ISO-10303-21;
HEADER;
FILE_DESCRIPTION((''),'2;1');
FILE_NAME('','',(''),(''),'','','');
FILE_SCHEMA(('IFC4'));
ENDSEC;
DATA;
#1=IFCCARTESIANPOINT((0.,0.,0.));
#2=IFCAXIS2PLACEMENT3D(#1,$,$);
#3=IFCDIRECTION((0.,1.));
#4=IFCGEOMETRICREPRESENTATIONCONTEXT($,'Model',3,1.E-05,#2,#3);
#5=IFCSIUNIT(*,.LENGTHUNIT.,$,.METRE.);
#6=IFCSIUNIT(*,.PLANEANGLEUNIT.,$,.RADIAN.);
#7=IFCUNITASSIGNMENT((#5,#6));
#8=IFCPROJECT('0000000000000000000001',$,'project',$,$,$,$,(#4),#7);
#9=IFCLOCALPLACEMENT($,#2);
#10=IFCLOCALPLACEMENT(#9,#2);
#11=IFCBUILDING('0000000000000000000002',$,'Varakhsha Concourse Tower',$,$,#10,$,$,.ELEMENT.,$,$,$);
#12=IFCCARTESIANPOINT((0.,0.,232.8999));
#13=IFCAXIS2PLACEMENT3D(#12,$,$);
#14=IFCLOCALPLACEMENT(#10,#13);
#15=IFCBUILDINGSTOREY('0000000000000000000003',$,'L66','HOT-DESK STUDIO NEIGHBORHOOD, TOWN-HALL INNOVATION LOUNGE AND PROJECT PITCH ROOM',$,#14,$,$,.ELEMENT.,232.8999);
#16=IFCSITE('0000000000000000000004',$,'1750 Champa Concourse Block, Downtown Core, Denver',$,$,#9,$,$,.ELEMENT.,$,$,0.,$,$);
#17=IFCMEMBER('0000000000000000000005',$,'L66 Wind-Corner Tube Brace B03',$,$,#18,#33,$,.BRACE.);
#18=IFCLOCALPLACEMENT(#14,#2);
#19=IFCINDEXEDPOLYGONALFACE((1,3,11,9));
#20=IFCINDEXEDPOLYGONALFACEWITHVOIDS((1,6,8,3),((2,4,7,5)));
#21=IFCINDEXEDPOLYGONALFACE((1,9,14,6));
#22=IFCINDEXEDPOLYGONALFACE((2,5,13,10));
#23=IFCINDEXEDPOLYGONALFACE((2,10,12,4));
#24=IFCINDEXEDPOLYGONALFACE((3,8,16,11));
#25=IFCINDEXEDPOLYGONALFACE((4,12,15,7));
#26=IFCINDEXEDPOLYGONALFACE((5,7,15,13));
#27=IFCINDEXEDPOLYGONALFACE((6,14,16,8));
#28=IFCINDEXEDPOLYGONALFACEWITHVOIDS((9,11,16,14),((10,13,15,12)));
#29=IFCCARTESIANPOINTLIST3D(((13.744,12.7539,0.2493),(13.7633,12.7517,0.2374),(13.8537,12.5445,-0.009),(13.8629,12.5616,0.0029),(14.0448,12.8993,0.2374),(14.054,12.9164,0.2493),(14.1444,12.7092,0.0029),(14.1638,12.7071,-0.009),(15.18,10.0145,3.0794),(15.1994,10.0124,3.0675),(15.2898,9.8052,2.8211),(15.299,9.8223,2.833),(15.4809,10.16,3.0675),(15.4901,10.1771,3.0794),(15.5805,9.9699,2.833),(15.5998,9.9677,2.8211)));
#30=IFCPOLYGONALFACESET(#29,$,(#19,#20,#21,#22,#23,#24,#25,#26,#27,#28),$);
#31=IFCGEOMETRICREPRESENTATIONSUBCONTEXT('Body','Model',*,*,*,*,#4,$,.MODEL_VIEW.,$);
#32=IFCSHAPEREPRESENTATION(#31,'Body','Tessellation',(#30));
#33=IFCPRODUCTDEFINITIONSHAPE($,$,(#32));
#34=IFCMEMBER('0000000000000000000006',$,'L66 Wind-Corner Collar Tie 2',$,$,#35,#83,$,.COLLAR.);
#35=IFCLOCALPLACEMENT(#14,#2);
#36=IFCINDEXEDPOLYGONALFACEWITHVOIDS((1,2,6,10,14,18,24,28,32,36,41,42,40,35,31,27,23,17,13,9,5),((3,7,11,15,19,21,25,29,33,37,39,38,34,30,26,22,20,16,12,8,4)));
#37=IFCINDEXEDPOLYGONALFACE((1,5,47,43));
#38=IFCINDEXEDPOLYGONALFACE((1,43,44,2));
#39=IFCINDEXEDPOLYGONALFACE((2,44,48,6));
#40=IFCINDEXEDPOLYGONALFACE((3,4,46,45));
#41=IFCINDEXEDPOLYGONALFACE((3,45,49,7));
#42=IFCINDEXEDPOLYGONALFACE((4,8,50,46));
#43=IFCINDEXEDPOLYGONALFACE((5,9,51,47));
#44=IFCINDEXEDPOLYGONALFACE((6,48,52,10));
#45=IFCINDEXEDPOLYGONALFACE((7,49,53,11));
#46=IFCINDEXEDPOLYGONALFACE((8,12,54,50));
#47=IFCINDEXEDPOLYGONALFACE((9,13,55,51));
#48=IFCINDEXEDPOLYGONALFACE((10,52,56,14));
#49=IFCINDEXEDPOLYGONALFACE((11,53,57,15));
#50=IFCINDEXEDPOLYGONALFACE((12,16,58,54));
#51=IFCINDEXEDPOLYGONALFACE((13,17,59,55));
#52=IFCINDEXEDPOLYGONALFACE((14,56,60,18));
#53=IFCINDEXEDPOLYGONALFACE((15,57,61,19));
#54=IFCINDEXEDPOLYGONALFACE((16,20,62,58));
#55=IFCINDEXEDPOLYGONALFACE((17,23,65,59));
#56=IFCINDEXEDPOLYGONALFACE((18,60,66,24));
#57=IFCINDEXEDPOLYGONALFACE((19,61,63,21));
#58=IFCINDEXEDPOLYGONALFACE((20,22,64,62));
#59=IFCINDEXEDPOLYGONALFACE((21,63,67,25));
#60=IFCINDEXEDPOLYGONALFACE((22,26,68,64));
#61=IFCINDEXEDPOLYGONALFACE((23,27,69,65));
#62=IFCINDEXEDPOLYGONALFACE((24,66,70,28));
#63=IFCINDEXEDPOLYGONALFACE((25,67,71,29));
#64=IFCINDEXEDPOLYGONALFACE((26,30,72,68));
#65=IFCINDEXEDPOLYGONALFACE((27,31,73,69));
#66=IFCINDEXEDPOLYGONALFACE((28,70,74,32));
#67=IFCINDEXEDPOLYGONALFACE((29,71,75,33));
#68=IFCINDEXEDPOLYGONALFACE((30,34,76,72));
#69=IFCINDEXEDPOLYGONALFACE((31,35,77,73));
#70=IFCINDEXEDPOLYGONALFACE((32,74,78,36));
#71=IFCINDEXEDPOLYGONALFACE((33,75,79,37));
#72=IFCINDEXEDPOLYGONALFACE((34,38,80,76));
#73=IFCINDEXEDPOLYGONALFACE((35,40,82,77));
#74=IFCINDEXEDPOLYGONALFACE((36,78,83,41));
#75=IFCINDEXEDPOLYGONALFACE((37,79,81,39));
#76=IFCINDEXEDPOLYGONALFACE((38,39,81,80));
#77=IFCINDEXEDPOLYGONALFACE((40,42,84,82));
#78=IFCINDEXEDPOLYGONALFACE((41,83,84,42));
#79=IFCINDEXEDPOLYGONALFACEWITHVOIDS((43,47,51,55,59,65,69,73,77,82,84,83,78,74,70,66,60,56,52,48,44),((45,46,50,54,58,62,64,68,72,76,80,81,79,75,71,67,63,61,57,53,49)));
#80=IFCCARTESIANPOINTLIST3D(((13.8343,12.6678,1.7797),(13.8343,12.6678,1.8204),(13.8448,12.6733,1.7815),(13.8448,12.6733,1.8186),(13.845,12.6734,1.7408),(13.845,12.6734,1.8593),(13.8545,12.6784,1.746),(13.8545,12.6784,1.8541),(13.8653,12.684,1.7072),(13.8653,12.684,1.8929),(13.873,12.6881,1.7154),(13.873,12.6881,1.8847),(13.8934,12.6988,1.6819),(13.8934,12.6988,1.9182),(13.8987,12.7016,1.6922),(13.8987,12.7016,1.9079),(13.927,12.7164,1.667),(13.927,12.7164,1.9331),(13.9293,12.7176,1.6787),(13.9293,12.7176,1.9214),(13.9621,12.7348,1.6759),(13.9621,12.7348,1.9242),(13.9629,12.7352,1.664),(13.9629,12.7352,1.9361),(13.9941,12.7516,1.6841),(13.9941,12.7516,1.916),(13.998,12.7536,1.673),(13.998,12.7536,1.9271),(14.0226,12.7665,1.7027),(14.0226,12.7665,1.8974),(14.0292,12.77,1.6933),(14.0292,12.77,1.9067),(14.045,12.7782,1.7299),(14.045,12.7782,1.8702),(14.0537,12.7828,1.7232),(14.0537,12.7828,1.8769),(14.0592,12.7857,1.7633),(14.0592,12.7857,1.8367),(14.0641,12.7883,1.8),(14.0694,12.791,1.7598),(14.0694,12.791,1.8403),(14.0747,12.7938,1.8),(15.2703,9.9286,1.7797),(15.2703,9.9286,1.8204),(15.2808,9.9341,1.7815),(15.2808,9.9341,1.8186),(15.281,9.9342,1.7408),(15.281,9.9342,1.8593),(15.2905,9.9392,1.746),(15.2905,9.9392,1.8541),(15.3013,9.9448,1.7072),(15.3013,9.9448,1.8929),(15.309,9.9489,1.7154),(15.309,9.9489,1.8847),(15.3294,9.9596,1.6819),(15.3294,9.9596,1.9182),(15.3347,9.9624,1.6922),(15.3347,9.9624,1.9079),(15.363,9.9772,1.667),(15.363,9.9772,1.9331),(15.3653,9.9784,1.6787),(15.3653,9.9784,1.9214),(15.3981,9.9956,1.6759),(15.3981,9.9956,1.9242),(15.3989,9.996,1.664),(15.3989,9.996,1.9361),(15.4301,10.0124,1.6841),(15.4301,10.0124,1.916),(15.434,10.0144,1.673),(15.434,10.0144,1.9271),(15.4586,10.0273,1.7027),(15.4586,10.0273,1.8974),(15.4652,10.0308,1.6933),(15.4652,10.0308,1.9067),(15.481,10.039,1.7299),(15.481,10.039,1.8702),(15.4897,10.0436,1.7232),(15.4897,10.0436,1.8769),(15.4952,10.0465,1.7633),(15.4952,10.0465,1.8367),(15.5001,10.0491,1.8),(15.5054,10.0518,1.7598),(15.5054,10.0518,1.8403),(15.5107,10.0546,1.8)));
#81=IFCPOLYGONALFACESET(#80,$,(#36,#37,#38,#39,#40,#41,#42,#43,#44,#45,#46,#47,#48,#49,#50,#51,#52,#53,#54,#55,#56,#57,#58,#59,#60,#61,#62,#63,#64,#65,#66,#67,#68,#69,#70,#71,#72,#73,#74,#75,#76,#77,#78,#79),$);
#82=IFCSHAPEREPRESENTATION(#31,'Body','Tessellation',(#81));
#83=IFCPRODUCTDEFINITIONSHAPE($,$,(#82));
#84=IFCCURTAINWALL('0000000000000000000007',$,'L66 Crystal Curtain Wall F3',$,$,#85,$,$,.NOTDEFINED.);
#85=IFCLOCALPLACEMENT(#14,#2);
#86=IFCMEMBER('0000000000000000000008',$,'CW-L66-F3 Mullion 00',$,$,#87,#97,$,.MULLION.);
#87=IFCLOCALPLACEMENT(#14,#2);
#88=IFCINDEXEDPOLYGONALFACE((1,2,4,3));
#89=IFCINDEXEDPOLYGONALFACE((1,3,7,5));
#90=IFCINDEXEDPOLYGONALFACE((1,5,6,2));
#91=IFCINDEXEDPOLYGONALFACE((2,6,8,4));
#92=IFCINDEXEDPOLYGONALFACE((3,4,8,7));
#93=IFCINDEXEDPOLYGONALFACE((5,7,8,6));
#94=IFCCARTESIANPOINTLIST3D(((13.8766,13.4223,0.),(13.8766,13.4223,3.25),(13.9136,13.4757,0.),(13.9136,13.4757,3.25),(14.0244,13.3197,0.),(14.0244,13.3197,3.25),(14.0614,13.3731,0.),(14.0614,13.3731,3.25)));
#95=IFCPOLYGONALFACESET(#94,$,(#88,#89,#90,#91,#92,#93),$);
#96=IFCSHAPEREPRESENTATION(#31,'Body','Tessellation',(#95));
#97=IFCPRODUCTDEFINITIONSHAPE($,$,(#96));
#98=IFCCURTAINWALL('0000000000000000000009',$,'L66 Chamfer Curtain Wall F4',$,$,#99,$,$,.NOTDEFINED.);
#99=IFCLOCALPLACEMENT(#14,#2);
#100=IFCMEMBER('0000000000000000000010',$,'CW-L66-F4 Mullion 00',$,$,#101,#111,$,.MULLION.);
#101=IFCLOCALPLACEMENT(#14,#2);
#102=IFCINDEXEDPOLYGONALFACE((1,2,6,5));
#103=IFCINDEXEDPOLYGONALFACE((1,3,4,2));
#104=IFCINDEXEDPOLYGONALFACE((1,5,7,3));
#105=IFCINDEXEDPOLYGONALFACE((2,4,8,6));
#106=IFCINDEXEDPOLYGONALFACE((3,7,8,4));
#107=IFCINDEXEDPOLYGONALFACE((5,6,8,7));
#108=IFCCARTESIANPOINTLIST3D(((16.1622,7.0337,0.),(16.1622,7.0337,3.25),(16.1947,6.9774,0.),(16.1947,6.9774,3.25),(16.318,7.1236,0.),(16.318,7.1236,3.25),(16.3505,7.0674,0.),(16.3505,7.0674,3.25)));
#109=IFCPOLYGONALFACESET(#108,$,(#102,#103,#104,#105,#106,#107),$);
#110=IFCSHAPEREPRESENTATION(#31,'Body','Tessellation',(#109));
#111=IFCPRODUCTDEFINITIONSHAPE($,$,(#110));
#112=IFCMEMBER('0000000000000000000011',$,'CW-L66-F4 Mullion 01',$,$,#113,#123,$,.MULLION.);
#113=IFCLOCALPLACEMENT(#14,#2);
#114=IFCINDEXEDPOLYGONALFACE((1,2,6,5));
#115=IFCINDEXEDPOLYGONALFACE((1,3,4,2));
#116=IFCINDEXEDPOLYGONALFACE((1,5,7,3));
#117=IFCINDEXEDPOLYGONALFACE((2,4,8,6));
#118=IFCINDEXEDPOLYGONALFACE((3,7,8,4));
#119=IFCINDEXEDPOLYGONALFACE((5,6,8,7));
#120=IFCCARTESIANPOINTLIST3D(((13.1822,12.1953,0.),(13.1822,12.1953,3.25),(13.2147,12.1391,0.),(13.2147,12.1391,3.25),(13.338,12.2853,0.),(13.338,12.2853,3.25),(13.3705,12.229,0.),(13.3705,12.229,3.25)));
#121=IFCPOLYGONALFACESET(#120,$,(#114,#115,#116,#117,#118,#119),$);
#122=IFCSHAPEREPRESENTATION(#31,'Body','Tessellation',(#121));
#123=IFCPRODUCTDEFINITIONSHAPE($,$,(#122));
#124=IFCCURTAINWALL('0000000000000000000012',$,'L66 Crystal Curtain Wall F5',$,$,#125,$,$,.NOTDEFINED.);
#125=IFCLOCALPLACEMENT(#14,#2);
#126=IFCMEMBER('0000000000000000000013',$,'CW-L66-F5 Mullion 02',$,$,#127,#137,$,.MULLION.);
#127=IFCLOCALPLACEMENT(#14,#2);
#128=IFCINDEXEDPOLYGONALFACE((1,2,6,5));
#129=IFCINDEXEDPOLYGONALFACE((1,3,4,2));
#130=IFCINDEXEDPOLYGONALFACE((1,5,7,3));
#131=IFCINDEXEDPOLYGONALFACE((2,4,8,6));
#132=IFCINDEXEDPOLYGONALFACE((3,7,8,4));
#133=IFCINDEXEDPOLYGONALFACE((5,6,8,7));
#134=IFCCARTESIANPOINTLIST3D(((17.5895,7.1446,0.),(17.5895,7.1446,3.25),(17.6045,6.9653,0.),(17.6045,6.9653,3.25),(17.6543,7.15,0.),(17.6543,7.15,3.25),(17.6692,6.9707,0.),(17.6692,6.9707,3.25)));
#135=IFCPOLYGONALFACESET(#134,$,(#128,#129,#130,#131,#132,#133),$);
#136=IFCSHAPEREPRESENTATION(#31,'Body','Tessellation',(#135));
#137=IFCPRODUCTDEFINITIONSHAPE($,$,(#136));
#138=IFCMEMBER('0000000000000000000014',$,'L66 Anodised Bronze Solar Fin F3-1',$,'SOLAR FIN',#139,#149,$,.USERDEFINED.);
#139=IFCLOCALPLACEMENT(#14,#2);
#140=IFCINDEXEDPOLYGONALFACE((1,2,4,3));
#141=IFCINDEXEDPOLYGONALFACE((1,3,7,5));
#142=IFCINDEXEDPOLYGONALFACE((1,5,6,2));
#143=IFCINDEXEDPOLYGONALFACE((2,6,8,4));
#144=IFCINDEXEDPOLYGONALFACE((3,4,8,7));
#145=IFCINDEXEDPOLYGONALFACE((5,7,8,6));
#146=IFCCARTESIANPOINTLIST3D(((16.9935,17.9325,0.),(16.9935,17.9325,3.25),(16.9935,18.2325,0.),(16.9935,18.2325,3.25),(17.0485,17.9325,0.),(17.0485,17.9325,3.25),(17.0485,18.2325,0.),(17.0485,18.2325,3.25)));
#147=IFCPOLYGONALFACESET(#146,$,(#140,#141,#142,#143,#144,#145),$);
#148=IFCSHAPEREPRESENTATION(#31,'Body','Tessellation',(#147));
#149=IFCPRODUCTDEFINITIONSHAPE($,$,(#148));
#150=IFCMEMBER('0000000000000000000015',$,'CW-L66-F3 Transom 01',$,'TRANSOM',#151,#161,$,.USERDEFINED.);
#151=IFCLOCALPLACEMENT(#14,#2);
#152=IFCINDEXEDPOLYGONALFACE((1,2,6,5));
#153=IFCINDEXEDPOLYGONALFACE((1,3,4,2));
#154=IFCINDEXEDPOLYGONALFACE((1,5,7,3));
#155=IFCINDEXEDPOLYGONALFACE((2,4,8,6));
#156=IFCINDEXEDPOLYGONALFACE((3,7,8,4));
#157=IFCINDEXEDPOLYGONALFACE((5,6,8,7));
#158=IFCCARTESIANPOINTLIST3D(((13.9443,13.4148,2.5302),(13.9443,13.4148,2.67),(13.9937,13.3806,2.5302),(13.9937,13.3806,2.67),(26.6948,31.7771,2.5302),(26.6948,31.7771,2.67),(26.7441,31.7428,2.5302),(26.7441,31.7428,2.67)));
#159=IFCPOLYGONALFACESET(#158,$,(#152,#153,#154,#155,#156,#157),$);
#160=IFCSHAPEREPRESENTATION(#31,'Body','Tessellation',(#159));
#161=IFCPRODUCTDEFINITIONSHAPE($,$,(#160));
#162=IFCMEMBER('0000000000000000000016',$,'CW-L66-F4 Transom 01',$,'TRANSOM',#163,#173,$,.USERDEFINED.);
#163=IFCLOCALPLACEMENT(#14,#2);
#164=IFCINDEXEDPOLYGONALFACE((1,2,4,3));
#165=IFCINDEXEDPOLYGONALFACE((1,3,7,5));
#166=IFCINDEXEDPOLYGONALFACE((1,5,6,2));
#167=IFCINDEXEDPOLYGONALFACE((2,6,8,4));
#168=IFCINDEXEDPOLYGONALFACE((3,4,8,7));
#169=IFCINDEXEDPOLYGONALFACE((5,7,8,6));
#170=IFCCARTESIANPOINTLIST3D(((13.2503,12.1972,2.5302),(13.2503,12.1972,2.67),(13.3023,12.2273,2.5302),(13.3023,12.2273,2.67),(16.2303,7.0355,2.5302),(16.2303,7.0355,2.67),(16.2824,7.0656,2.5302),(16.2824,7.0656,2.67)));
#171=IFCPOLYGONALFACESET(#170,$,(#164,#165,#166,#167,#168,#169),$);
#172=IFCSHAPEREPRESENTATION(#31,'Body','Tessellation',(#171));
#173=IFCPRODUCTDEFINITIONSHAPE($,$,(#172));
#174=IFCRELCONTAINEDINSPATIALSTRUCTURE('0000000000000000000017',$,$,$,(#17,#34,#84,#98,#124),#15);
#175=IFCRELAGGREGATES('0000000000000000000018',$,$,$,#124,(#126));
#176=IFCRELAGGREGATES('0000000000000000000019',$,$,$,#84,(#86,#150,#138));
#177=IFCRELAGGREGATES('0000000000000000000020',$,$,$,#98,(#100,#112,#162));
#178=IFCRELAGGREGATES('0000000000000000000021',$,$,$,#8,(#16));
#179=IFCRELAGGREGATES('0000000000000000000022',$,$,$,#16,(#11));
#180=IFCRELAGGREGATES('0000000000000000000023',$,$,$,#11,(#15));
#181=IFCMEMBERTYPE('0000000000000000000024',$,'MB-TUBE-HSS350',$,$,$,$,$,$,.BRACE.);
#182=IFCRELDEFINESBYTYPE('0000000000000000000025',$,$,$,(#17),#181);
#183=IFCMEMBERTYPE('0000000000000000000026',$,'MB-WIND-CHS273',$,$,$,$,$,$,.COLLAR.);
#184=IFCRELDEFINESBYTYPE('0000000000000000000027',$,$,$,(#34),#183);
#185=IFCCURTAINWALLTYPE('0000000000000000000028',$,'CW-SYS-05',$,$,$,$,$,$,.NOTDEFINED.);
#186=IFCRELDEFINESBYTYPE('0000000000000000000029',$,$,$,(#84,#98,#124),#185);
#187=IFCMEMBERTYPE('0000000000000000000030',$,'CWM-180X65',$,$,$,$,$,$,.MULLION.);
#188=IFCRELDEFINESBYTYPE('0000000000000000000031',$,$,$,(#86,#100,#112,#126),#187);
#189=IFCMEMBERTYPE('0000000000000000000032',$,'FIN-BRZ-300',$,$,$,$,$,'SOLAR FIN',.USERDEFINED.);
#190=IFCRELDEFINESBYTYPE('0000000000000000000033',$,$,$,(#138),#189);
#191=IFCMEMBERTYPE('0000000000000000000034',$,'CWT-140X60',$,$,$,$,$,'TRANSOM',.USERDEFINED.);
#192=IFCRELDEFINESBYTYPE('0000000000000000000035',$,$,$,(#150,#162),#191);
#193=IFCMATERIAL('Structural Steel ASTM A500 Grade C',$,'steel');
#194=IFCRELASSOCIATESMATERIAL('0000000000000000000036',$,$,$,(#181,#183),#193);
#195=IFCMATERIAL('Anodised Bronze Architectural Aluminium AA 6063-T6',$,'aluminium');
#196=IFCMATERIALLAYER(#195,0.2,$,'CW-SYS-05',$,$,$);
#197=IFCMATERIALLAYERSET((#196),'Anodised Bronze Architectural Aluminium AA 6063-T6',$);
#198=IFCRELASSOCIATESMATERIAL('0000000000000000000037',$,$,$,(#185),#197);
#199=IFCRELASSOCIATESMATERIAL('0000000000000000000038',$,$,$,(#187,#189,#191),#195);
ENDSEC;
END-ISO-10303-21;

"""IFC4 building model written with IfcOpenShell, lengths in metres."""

from ifc_helpers import new_model, si_unit, direction, frame, origin, origin_2d, place, context, subcontext, project, spatial, rectangle, hollow_rectangle, hollow_circle, extrude, source, transform, mapped, material, layer, layer_set, material_profile, profile_set, type_object, type_shapes, element, aggregate, save


model = new_model("IFC4")

# Units and contexts
model_context = context("Model", 3, precision=1e-05, world=origin(), true_north=direction((0.0, 1.0)))
body_context = subcontext(model_context, "Body", "Model", "MODEL_VIEW")
ifc_project = project(units=[si_unit("LENGTHUNIT", "METRE"), si_unit("PLANEANGLEUNIT", "RADIAN")], contexts=[model_context])

# Site, building, storey
site_placement = place(None, origin())
site = spatial("IfcSite", under=ifc_project, at=site_placement, Name="1750 Champa Concourse Block, Downtown Core, Denver", CompositionType="ELEMENT", RefElevation=0.0)
building_placement = place(site_placement, origin())
building = spatial("IfcBuilding", under=site, at=building_placement, Name="Varakhsha Concourse Tower", CompositionType="ELEMENT")
storey_placement = place(building_placement, frame((0.0, 0.0, 232.8999)))
storey = spatial("IfcBuildingStorey", under=building, at=storey_placement, Name="L66", Description="HOT-DESK STUDIO NEIGHBORHOOD, TOWN-HALL INNOVATION LOUNGE AND PROJECT PITCH ROOM", CompositionType="ELEMENT", Elevation=232.8999)

# Members
ifc_material_1 = material(Name="Structural Steel ASTM A500 Grade C", Category="steel")
ifc_material_profile_1 = material_profile(ifc_material_1, hollow_rectangle(XDim=0.3501, YDim=0.3501, WallThickness=0.0161, at=origin_2d()), Name="HSS 350x350x16")
ifc_profile_set_1 = profile_set([ifc_material_profile_1], Name="Structural Steel ASTM A500 Grade C")
member_type_1 = type_object("IfcMemberType", Name="MB-TUBE-HSS350", PredefinedType="BRACE", material=ifc_profile_set_1)
shared_shape_1 = source(origin(), body_context, "Body", "SweptSolid", [
    extrude(hollow_rectangle(XDim=0.3501, YDim=0.3501, WallThickness=0.0161, at=origin_2d()), origin(), (0.0, 0.0, 1.0), 4.1924),
])
member_1_placement = place(storey_placement, frame((13.9539, 12.7305, 0.1201), z_axis=(0.342544, -0.653408, 0.675072), x_axis=(0.885674, 0.464308, 0.0)))
element("IfcMember", 1, at=member_1_placement, inside=storey, type_object=member_type_1, Name="L66 Wind-Corner Tube Brace B03", PredefinedType="BRACE", context=body_context, shape_type="MappedRepresentation", body=[
    mapped(shared_shape_1, transform((0.0, 0.0, 0.0), scale=1.0)),
])
ifc_material_profile_2 = material_profile(ifc_material_1, hollow_circle(Radius=0.1365, WallThickness=0.012, at=origin_2d()), Name="CHS 273x12")
ifc_profile_set_2 = profile_set([ifc_material_profile_2], Name="Structural Steel ASTM A500 Grade C")
member_type_2 = type_object("IfcMemberType", Name="MB-WIND-CHS273", PredefinedType="COLLAR", material=ifc_profile_set_2)
shared_shape_2 = source(origin(), body_context, "Body", "SweptSolid", [
    extrude(hollow_circle(Radius=0.1365, WallThickness=0.012, at=origin_2d()), origin(), (0.0, 0.0, 1.0), 3.0928),
])
type_shapes(member_type_2, [shared_shape_2])
member_2_placement = place(storey_placement, frame((13.9539, 12.7305, 1.8), z_axis=(0.464308, -0.885674, 0.0), x_axis=(0.885674, 0.464308, 0.0)))
element("IfcMember", 2, at=member_2_placement, inside=storey, type_object=member_type_2, Name="L66 Wind-Corner Collar Tie 2", PredefinedType="COLLAR", context=body_context, shape_type="MappedRepresentation", body=[
    mapped(shared_shape_2, transform((0.0, 0.0, 0.0), scale=1.0)),
])

# Curtain wall, member
ifc_material_2 = material(Name="Anodised Bronze Architectural Aluminium AA 6063-T6", Category="aluminium")
ifc_layer_1 = layer(ifc_material_2, 0.2, Name="CW-SYS-05")
ifc_layer_set_1 = layer_set([ifc_layer_1], Name="Anodised Bronze Architectural Aluminium AA 6063-T6")
curtain_wall_type = type_object("IfcCurtainWallType", Name="CW-SYS-05", PredefinedType="NOTDEFINED", material=ifc_layer_set_1)
curtain_wall_1_placement = place(storey_placement, origin())
curtain_wall_1 = element("IfcCurtainWall", 3, at=curtain_wall_1_placement, inside=storey, type_object=curtain_wall_type, Name="L66 Crystal Curtain Wall F3", PredefinedType="NOTDEFINED")
ifc_material_profile_3 = material_profile(ifc_material_2, rectangle(XDim=0.0649, YDim=0.1799, at=origin_2d()), Name="CWM-180X65")
ifc_profile_set_3 = profile_set([ifc_material_profile_3], Name="Anodised Bronze Architectural Aluminium AA 6063-T6")
member_type_3 = type_object("IfcMemberType", Name="CWM-180X65", PredefinedType="MULLION", material=ifc_profile_set_3)
shared_shape_3 = source(origin(), body_context, "Body", "SweptSolid", [
    extrude(rectangle(XDim=0.0649, YDim=0.1799, at=origin_2d()), origin(), (0.0, 0.0, 1.0), 3.25),
])
type_shapes(member_type_3, [shared_shape_3])
member_3_placement = place(storey_placement, frame((13.969, 13.3977, 0.0), z_axis=(0.0, 0.0, 1.0), x_axis=(0.570361, 0.821394, 0.0)))
member_3 = element("IfcMember", 4, at=member_3_placement, type_object=member_type_3, Name="CW-L66-F3 Mullion 00", PredefinedType="MULLION", context=body_context, shape_type="MappedRepresentation", body=[
    mapped(shared_shape_3, transform((0.0, 0.0, 0.0), scale=1.0)),
])

# Curtain wall, members
curtain_wall_2_placement = place(storey_placement, origin())
curtain_wall_2 = element("IfcCurtainWall", 5, at=curtain_wall_2_placement, inside=storey, type_object=curtain_wall_type, Name="L66 Chamfer Curtain Wall F4", PredefinedType="NOTDEFINED")
member_4_placement = place(storey_placement, frame((16.2563, 7.0505, 0.0), z_axis=(0.0, 0.0, 1.0), x_axis=(-0.499994, 0.866029, 0.0)))
member_4 = element("IfcMember", 6, at=member_4_placement, type_object=member_type_3, Name="CW-L66-F4 Mullion 00", PredefinedType="MULLION", context=body_context, shape_type="MappedRepresentation", body=[
    mapped(shared_shape_3, transform((0.0, 0.0, 0.0), scale=1.0)),
])
member_5_placement = place(storey_placement, frame((13.2764, 12.2122, 0.0), z_axis=(0.0, 0.0, 1.0), x_axis=(-0.499994, 0.866029, 0.0)))
member_5 = element("IfcMember", 7, at=member_5_placement, type_object=member_type_3, Name="CW-L66-F4 Mullion 01", PredefinedType="MULLION", context=body_context, shape_type="MappedRepresentation", body=[
    mapped(shared_shape_3, transform((0.0, 0.0, 0.0), scale=1.0)),
])

# Curtain wall, member
curtain_wall_3_placement = place(storey_placement, origin())
curtain_wall_3 = element("IfcCurtainWall", 8, at=curtain_wall_3_placement, inside=storey, type_object=curtain_wall_type, Name="L66 Crystal Curtain Wall F5", PredefinedType="NOTDEFINED")
member_6_placement = place(storey_placement, frame((17.6294, 7.0576, 0.0), z_axis=(0.0, 0.0, 1.0), x_axis=(-0.996529, -0.083247, 0.0)))
member_6 = element("IfcMember", 9, at=member_6_placement, type_object=member_type_3, Name="CW-L66-F5 Mullion 02", PredefinedType="MULLION", context=body_context, shape_type="MappedRepresentation", body=[
    mapped(shared_shape_3, transform((0.0, 0.0, 0.0), scale=1.0)),
])
aggregate(curtain_wall_3, [member_6])

# Members
ifc_material_profile_4 = material_profile(ifc_material_2, rectangle(XDim=0.0549, YDim=0.3, at=origin_2d()), Name="FIN-BRZ-300")
ifc_profile_set_4 = profile_set([ifc_material_profile_4], Name="Anodised Bronze Architectural Aluminium AA 6063-T6")
member_type_4 = type_object("IfcMemberType", Name="FIN-BRZ-300", ElementType="SOLAR FIN", PredefinedType="USERDEFINED", material=ifc_profile_set_4)
shared_shape_4 = source(origin(), body_context, "Body", "SweptSolid", [
    extrude(rectangle(XDim=0.0549, YDim=0.3, at=origin_2d()), origin(), (0.0, 0.0, 1.0), 3.25),
])
type_shapes(member_type_4, [shared_shape_4])
member_7_placement = place(storey_placement, frame((17.021, 18.0825, 0.0), z_axis=(0.0, 0.0, 1.0), x_axis=(1.0, 0.0, 0.0)))
member_7 = element("IfcMember", 10, at=member_7_placement, type_object=member_type_4, Name="L66 Anodised Bronze Solar Fin F3-1", ObjectType="SOLAR FIN", PredefinedType="USERDEFINED", context=body_context, shape_type="MappedRepresentation", body=[
    mapped(shared_shape_4, transform((0.0, 0.0, 0.0), scale=1.0)),
])
ifc_material_profile_5 = material_profile(ifc_material_2, rectangle(XDim=0.0601, YDim=0.1399, at=origin_2d()), Name="CWT-140X60")
ifc_profile_set_5 = profile_set([ifc_material_profile_5], Name="Anodised Bronze Architectural Aluminium AA 6063-T6")
member_type_5 = type_object("IfcMemberType", Name="CWT-140X60", ElementType="TRANSOM", PredefinedType="USERDEFINED", material=ifc_profile_set_5)
shared_shape_5 = source(origin(), body_context, "Body", "SweptSolid", [
    extrude(rectangle(XDim=0.0601, YDim=0.1399, at=origin_2d()), origin(), (0.0, 0.0, 1.0), 22.355),
])
member_8_placement = place(storey_placement, frame((13.969, 13.3977, 2.6001), z_axis=(0.570362, 0.821393, 0.0), x_axis=(-0.821393, 0.570362, 0.0)))
member_8 = element("IfcMember", 11, at=member_8_placement, type_object=member_type_5, Name="CW-L66-F3 Transom 01", ObjectType="TRANSOM", PredefinedType="USERDEFINED", context=body_context, shape_type="MappedRepresentation", body=[
    mapped(shared_shape_5, transform((0.0, 0.0, 0.0), scale=1.0)),
])
shared_shape_6 = source(origin(), body_context, "Body", "SweptSolid", [
    extrude(rectangle(XDim=0.0601, YDim=0.1399, at=origin_2d()), origin(), (0.0, 0.0, 1.0), 5.9602),
])
type_shapes(member_type_5, [shared_shape_5, shared_shape_6])
member_9_placement = place(storey_placement, frame((16.2563, 7.0505, 2.6001), z_axis=(-0.49999, 0.866031, 0.0), x_axis=(-0.866031, -0.49999, 0.0)))
member_9 = element("IfcMember", 12, at=member_9_placement, type_object=member_type_5, Name="CW-L66-F4 Transom 01", ObjectType="TRANSOM", PredefinedType="USERDEFINED", context=body_context, shape_type="MappedRepresentation", body=[
    mapped(shared_shape_6, transform((0.0, 0.0, 0.0), scale=1.0)),
])

aggregate(curtain_wall_1, [member_3, member_8, member_7])
aggregate(curtain_wall_2, [member_4, member_5, member_9])

save(model, "model.ifc")
